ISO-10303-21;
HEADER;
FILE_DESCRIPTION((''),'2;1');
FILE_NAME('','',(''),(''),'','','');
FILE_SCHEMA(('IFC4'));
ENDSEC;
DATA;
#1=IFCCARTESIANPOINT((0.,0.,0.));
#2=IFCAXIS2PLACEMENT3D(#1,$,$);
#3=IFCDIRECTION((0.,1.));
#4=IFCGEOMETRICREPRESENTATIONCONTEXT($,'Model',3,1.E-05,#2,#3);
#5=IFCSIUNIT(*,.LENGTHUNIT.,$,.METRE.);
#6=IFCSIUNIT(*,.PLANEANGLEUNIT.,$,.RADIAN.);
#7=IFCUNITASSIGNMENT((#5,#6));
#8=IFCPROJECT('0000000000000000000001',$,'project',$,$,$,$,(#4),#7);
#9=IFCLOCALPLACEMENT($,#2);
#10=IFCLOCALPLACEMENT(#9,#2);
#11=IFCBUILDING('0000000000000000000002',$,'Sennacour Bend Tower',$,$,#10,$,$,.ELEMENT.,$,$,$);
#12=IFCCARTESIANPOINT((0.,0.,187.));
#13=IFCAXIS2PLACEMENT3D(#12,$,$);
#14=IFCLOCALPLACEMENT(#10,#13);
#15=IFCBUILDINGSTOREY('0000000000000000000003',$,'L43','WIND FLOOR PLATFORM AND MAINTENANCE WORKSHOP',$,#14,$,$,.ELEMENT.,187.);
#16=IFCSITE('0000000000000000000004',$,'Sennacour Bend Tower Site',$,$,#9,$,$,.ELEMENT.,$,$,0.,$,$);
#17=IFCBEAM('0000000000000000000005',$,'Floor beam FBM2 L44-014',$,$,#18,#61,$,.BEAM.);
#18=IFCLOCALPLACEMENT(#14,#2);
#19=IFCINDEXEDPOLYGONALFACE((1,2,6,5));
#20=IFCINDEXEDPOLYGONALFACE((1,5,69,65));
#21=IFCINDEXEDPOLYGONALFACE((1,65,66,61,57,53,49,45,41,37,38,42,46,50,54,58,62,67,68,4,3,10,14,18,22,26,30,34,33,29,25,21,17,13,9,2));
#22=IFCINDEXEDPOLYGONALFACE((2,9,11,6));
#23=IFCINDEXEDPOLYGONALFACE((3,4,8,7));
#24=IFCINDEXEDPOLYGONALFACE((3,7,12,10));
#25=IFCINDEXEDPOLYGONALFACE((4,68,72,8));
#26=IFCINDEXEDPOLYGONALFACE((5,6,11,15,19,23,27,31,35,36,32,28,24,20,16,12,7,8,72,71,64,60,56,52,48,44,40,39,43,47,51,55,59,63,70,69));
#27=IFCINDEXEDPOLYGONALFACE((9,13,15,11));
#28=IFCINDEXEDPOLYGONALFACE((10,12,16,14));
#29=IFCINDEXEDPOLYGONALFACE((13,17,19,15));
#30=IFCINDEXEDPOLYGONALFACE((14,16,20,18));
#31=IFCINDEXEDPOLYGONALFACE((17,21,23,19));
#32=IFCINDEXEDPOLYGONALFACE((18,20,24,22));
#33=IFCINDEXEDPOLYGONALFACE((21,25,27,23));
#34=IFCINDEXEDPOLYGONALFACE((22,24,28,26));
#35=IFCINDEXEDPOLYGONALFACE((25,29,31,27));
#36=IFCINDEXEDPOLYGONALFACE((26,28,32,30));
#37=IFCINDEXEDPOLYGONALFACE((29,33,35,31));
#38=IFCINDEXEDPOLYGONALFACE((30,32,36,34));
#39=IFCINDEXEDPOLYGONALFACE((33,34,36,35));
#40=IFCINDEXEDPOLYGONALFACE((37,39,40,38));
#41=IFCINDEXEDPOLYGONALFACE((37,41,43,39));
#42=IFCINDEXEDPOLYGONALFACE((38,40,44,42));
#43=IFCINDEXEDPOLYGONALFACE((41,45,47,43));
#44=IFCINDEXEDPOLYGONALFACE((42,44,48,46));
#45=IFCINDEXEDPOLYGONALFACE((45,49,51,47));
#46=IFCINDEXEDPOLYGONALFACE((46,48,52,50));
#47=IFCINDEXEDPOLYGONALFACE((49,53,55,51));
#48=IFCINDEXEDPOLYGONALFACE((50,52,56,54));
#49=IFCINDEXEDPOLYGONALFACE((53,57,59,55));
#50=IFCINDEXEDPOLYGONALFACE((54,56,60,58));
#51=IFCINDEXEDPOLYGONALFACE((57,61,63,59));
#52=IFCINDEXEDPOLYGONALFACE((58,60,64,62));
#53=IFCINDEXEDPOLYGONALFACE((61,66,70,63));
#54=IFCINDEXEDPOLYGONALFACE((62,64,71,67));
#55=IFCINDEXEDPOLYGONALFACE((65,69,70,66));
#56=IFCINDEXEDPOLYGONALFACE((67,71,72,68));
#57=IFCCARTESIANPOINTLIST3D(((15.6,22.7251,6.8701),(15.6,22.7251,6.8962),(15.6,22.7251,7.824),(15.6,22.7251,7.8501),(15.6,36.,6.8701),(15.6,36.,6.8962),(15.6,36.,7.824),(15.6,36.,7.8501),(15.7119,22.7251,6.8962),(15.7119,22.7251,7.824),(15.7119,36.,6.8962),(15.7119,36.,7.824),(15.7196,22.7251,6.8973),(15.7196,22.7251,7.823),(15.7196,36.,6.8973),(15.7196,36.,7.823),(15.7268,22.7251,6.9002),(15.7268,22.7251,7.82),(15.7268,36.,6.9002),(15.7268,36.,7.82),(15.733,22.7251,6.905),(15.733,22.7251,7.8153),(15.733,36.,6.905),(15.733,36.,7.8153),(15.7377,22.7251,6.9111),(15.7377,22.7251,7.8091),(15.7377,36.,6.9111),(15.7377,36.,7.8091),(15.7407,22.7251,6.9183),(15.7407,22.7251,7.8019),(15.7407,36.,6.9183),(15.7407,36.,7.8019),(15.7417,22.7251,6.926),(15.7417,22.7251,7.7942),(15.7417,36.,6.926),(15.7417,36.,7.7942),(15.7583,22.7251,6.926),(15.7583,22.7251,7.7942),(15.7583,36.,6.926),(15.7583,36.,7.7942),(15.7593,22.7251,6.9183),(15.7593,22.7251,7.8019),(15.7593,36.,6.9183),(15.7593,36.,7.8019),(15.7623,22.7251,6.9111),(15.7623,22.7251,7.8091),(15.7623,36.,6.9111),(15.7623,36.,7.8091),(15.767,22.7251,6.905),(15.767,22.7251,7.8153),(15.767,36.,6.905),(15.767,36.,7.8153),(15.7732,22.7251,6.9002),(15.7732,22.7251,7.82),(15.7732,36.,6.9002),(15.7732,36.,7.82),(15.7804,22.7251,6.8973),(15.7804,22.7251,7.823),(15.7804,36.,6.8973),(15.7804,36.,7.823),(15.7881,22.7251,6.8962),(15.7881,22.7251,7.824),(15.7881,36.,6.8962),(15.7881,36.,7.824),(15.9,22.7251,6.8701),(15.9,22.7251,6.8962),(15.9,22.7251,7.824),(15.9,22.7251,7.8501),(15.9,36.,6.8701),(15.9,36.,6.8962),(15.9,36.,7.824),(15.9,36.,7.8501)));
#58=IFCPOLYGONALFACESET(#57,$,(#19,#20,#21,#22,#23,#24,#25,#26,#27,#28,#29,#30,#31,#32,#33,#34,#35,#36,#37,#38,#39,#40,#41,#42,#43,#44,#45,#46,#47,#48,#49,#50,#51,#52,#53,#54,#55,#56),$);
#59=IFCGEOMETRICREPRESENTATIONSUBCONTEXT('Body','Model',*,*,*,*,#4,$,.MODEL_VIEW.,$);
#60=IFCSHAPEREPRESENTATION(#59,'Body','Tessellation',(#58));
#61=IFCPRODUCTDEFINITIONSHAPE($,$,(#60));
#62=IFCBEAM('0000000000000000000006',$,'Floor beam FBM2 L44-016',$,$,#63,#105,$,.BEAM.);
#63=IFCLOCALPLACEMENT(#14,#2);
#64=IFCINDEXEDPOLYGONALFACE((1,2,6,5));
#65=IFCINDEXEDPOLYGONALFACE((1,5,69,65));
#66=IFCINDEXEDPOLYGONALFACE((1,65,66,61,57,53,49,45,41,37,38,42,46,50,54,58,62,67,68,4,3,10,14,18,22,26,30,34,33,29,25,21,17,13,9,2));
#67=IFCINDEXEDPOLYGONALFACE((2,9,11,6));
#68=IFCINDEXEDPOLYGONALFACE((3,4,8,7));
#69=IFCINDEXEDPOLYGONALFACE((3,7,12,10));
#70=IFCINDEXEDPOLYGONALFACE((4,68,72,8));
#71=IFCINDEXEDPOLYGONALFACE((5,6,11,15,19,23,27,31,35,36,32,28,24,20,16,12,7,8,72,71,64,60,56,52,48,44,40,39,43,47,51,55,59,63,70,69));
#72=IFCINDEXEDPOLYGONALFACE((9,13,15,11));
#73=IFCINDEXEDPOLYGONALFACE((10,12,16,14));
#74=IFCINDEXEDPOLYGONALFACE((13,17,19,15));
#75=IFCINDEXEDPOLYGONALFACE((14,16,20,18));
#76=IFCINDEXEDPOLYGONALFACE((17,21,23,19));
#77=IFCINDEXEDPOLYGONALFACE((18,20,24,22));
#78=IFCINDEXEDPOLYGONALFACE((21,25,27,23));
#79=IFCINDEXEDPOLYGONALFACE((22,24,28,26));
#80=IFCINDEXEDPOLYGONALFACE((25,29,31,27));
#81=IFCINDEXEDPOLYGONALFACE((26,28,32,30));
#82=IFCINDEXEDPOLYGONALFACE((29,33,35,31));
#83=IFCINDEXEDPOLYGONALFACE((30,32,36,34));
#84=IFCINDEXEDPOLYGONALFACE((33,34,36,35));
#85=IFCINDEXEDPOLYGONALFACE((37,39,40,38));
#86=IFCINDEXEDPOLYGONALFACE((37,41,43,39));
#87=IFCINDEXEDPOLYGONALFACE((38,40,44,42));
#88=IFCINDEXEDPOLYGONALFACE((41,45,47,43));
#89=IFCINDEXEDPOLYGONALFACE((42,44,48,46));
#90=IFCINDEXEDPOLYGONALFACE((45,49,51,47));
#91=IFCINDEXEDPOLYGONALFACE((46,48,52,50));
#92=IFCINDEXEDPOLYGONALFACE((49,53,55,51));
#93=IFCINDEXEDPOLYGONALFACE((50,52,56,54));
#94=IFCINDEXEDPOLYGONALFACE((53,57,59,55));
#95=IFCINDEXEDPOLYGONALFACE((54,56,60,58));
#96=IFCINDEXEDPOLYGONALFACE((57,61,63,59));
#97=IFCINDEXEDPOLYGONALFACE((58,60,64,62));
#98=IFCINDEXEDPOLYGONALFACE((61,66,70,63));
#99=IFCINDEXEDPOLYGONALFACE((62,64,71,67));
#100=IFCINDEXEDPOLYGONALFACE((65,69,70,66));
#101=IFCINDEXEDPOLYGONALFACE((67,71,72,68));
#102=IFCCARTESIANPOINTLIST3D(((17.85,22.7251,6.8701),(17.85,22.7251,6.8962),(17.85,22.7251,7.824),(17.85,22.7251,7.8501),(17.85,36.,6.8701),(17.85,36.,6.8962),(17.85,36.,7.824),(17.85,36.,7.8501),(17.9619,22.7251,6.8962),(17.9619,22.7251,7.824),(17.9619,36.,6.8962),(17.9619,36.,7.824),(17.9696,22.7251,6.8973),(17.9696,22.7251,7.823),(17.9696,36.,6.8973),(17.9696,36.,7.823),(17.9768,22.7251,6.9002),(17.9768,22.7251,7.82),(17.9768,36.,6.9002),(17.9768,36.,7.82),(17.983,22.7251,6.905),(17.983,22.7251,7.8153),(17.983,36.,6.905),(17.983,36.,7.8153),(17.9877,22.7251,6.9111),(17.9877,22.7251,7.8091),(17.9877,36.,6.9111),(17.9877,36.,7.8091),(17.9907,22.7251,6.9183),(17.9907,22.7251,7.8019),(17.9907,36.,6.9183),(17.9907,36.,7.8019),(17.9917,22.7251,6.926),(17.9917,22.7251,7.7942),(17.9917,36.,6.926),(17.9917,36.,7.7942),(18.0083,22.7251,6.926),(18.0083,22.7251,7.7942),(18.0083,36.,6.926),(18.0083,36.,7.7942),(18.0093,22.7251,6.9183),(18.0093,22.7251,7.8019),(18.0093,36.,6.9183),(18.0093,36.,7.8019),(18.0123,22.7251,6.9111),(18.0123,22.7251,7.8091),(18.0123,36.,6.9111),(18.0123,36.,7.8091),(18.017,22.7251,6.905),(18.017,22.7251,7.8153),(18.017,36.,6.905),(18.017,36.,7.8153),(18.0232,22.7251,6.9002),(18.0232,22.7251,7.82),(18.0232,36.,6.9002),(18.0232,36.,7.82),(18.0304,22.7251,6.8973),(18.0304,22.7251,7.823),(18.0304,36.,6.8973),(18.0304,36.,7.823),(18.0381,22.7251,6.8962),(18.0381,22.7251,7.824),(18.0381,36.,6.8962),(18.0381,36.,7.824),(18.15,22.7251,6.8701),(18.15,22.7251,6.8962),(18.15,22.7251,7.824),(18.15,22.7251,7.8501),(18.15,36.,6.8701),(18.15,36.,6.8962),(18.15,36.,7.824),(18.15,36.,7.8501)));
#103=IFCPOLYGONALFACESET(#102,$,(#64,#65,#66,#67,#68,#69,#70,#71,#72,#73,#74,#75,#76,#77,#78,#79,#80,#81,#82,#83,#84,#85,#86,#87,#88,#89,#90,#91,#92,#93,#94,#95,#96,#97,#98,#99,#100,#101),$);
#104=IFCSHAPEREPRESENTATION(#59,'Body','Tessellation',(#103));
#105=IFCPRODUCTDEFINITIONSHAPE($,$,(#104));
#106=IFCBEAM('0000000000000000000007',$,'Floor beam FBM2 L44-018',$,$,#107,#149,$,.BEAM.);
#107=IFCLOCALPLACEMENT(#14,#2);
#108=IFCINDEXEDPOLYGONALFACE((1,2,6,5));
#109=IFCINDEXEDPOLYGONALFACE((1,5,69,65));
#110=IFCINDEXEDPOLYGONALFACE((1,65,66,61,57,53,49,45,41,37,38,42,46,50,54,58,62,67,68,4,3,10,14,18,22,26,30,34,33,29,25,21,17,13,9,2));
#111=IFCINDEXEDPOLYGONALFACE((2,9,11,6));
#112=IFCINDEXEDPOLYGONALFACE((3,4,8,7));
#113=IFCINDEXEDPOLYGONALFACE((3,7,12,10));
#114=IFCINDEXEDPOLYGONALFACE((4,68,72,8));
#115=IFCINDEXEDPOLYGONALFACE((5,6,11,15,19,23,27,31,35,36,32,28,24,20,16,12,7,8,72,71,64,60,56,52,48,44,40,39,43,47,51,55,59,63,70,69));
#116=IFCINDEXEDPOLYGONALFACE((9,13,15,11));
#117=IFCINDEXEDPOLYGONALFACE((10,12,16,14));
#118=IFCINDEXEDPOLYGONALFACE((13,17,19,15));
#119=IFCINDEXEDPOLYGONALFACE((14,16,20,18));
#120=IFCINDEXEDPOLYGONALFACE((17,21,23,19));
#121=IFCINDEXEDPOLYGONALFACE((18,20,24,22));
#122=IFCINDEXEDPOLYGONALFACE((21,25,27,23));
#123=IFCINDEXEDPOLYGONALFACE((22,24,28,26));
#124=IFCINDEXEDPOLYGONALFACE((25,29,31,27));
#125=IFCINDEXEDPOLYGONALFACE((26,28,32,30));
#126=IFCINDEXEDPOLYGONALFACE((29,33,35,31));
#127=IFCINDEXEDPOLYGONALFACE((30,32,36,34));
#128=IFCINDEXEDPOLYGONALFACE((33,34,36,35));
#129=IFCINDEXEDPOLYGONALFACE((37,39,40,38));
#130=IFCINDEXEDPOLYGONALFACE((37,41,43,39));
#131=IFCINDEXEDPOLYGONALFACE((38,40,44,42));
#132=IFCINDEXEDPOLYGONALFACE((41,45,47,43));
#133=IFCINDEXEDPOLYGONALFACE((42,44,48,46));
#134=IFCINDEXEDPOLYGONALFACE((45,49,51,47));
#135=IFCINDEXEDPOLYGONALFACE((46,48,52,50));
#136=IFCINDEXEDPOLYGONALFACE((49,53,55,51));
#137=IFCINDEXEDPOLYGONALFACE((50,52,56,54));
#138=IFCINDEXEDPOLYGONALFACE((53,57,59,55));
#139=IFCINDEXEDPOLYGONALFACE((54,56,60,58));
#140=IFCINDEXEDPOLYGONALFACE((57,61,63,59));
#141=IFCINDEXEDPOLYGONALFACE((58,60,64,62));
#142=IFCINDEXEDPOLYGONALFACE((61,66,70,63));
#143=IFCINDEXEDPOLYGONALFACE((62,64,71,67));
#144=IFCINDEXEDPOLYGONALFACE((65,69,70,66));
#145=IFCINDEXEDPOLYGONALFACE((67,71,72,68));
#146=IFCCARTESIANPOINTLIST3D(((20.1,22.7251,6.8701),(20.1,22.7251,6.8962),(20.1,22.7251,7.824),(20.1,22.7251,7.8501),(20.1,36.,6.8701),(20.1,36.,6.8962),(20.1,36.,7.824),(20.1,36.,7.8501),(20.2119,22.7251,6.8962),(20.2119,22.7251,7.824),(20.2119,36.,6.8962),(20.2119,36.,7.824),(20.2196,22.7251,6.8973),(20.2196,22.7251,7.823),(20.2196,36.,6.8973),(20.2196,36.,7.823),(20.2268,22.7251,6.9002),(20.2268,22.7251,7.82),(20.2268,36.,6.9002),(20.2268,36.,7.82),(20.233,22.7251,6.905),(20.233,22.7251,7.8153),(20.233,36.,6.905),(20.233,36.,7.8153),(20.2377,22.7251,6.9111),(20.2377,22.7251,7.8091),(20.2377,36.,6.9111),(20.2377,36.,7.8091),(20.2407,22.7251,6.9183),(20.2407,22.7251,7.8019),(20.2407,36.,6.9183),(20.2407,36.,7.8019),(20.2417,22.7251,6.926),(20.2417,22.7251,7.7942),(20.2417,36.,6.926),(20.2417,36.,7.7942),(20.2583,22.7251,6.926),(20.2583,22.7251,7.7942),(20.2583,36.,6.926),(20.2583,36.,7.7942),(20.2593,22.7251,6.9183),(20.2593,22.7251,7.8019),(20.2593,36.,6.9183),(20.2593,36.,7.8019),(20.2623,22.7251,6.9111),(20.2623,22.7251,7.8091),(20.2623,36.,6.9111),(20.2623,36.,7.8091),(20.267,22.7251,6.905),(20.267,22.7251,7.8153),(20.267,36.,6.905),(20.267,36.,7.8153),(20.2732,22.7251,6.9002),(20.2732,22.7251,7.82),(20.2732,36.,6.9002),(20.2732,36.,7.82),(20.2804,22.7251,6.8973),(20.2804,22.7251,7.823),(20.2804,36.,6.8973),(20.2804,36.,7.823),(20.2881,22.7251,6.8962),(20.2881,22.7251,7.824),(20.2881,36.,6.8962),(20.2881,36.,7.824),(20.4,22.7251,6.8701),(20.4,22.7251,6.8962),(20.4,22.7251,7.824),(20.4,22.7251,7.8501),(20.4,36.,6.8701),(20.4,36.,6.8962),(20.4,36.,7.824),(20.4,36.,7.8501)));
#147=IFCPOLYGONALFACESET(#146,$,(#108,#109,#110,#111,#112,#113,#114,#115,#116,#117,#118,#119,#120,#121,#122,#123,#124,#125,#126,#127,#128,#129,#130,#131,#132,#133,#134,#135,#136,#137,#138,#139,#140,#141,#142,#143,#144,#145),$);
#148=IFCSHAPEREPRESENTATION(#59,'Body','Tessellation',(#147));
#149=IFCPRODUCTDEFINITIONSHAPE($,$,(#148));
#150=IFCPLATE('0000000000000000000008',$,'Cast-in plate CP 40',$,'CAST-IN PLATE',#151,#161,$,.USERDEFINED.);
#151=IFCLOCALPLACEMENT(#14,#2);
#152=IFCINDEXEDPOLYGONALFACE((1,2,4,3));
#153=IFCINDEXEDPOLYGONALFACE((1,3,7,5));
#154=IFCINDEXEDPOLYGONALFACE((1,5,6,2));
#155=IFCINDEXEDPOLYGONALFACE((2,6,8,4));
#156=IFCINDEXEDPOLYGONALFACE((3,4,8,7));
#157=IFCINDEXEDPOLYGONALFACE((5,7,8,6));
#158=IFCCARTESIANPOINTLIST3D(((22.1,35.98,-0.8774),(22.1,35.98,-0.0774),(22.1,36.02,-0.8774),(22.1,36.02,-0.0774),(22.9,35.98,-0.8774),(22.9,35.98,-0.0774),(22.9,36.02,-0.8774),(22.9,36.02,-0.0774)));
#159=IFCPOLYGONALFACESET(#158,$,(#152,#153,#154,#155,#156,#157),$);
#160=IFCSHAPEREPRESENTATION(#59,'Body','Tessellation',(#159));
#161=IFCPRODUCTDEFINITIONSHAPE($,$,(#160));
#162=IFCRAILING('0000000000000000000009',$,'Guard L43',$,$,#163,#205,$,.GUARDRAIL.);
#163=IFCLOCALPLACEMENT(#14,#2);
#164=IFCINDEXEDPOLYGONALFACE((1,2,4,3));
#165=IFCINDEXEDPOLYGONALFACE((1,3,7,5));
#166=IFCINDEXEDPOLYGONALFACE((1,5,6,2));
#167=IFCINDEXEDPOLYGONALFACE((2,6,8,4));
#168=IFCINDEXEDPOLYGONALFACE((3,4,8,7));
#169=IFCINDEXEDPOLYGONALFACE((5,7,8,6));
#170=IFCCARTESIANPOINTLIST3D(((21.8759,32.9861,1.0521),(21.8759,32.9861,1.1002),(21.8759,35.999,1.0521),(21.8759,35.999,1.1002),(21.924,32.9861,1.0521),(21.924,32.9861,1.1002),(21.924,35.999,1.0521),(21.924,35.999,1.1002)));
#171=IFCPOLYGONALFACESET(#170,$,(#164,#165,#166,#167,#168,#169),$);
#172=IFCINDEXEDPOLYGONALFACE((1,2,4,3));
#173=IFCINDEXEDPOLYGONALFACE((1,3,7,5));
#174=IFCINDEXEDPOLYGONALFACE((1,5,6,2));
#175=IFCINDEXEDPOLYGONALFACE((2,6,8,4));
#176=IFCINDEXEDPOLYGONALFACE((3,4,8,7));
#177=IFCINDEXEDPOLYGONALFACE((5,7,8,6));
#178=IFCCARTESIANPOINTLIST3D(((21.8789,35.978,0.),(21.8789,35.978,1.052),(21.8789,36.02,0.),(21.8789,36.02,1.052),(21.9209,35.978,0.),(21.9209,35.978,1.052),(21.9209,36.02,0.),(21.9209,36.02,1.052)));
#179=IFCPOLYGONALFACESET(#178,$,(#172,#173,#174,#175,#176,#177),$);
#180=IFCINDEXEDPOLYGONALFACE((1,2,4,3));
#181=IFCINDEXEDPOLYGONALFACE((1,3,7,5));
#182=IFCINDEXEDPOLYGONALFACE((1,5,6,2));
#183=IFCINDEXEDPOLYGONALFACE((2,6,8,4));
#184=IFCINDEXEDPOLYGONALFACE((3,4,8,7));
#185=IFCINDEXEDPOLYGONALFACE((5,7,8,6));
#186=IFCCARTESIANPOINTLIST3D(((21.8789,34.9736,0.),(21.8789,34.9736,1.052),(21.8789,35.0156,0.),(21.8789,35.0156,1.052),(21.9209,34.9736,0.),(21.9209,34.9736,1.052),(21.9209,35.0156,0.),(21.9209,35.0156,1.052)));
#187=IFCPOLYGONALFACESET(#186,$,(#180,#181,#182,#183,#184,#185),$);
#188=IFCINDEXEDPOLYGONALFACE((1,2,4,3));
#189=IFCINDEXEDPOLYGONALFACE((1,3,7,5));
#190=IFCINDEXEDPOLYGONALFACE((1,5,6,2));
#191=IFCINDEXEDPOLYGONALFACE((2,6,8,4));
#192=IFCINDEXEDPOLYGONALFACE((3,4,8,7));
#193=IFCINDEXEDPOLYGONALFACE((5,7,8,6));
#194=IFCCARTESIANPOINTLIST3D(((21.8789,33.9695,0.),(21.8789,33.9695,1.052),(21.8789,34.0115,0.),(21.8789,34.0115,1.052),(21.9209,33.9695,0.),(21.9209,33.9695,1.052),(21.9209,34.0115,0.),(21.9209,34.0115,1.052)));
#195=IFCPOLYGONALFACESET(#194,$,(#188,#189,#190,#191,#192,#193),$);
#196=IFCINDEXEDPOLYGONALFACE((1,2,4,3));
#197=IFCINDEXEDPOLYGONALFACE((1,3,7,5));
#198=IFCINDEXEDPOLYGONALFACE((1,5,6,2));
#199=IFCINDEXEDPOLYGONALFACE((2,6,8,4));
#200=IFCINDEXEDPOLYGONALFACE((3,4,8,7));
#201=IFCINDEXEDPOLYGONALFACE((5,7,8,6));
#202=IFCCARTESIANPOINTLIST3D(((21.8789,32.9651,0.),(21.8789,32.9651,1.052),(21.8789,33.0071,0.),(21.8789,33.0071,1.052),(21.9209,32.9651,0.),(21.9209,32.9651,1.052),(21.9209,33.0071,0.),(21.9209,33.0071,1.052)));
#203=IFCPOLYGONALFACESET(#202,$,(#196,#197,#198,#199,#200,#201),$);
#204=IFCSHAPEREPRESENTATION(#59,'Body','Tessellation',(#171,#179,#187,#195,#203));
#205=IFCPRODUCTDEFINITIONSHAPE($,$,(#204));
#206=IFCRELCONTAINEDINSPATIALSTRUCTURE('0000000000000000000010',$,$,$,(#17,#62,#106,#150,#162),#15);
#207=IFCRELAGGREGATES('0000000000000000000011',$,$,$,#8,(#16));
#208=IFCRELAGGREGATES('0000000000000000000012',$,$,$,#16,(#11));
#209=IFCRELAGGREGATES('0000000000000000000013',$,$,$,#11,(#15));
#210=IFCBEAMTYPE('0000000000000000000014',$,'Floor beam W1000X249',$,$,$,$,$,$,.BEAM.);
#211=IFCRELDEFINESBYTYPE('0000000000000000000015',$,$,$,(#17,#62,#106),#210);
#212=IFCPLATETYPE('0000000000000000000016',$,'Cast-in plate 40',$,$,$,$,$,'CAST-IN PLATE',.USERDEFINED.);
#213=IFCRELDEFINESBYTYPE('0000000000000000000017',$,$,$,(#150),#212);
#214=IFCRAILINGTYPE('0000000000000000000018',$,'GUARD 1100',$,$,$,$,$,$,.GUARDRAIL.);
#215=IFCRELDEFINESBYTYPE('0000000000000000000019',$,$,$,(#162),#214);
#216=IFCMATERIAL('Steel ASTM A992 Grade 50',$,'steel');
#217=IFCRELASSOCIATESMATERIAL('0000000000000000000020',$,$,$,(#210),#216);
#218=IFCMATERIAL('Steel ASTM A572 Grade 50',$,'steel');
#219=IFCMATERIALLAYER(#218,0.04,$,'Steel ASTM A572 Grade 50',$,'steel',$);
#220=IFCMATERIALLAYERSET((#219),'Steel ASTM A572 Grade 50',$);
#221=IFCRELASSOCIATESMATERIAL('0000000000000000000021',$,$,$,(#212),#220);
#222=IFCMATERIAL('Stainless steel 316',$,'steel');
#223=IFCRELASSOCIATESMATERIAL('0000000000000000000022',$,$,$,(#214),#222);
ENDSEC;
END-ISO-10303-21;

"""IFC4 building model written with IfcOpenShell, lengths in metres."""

from ifc_helpers import new_model, si_unit, direction, frame, origin, origin_2d, place, context, subcontext, project, spatial, rectangle, i_section, extrude, material, layer, layer_set, material_profile, profile_set, type_object, element, save


model = new_model("IFC4")

# Units and contexts
model_context = context("Model", 3, precision=1e-05, world=origin(), true_north=direction((0.0, 1.0)))
body_context = subcontext(model_context, "Body", "Model", "MODEL_VIEW")
ifc_project = project(units=[si_unit("LENGTHUNIT", "METRE"), si_unit("PLANEANGLEUNIT", "RADIAN")], contexts=[model_context])

# Site, building, storey
site_placement = place(None, origin())
site = spatial("IfcSite", under=ifc_project, at=site_placement, Name="Sennacour Bend Tower Site", CompositionType="ELEMENT", RefElevation=0.0)
building_placement = place(site_placement, origin())
building = spatial("IfcBuilding", under=site, at=building_placement, Name="Sennacour Bend Tower", CompositionType="ELEMENT")
storey_placement = place(building_placement, frame((0.0, 0.0, 187.0)))
storey = spatial("IfcBuildingStorey", under=building, at=storey_placement, Name="L43", Description="WIND FLOOR PLATFORM AND MAINTENANCE WORKSHOP", CompositionType="ELEMENT", Elevation=187.0)

# Shared definitions
ifc_material_1 = material(Name="Steel ASTM A572 Grade 50", Category="steel")

# Shared definitions
ifc_material_2 = material(Name="Steel ASTM A992 Grade 50", Category="steel")

# Beams
ifc_material_profile_1 = material_profile(ifc_material_2, i_section(OverallWidth=0.3, OverallDepth=0.98, WebThickness=0.0166, FlangeThickness=0.0261, FilletRadius=0.0298, at=origin_2d()), Name="Steel ASTM A992 Grade 50", Category="steel")
ifc_profile_set_1 = profile_set([ifc_material_profile_1], Name="Steel ASTM A992 Grade 50")
beam_type = type_object("IfcBeamType", Name="Floor beam W1000X249", PredefinedType="BEAM", material=ifc_profile_set_1)
for number, where, z_axis, x_axis, name in (
    (1, (15.75, 22.7251, 7.3601), (0.0, 1.0, 0.0), (-1.0, 0.0, 0.0), "Floor beam FBM2 L44-014"),
    (2, (18.0, 22.7251, 7.3601), (0.0, 1.0, 0.0), (-1.0, 0.0, 0.0), "Floor beam FBM2 L44-016"),
    (3, (20.25, 22.7251, 7.3601), (0.0, 1.0, 0.0), (-1.0, 0.0, 0.0), "Floor beam FBM2 L44-018"),
):
    element("IfcBeam", number, at=place(storey_placement, frame(where, z_axis=z_axis, x_axis=x_axis)), inside=storey, type_object=beam_type, Name=name, PredefinedType="BEAM", context=body_context, shape_type="SweptSolid", body=[
        extrude(i_section(OverallWidth=0.3, OverallDepth=0.98, WebThickness=0.0166, FlangeThickness=0.0261, FilletRadius=0.0298, at=origin_2d()), origin(), (0.0, 0.0, 1.0), 13.2749),
    ])

# Plate
ifc_layer = layer(ifc_material_1, 0.04, Name="Steel ASTM A572 Grade 50", Category="steel")
ifc_layer_set = layer_set([ifc_layer], Name="Steel ASTM A572 Grade 50")
plate_type = type_object("IfcPlateType", Name="Cast-in plate 40", ElementType="CAST-IN PLATE", PredefinedType="USERDEFINED", material=ifc_layer_set)
plate_placement = place(storey_placement, frame((22.5, 36.0, -0.8774), z_axis=(0.0, 0.0, 1.0), x_axis=(1.0, 0.0, 0.0)))
element("IfcPlate", 4, at=plate_placement, inside=storey, type_object=plate_type, Name="Cast-in plate CP 40", ObjectType="CAST-IN PLATE", PredefinedType="USERDEFINED", context=body_context, shape_type="SweptSolid", body=[
    extrude(rectangle(XDim=0.8, YDim=0.04, at=origin_2d()), origin(), (0.0, 0.0, 1.0), 0.8),
])

# Railing
ifc_material_3 = material(Name="Stainless steel 316", Category="steel")
railing_type = type_object("IfcRailingType", Name="GUARD 1100", PredefinedType="GUARDRAIL", material=ifc_material_3)
railing_1_placement = place(storey_placement, frame((21.8999, 35.999, 0.0)))
element("IfcRailing", 5, at=railing_1_placement, inside=storey, type_object=railing_type, Name="Guard L43", PredefinedType="GUARDRAIL", context=body_context, shape_type="SweptSolid", body=[
    extrude(rectangle(XDim=0.0481, YDim=0.0481, at=origin_2d()), frame((0.0, 0.0, 1.0762), z_axis=(0.0, -1.0, 0.0), x_axis=(1.0, 0.0, 0.0)), (0.0, 0.0, 1.0), 3.0129),
    extrude(rectangle(XDim=0.042, YDim=0.042, at=origin_2d()), origin(), (0.0, 0.0, 1.0), 1.052),
    extrude(rectangle(XDim=0.042, YDim=0.042, at=origin_2d()), frame((0.0, -1.0044, 0.0)), (0.0, 0.0, 1.0), 1.052),
    extrude(rectangle(XDim=0.042, YDim=0.042, at=origin_2d()), frame((0.0, -2.0085, 0.0)), (0.0, 0.0, 1.0), 1.052),
    extrude(rectangle(XDim=0.042, YDim=0.042, at=origin_2d()), frame((0.0, -3.0129, 0.0)), (0.0, 0.0, 1.0), 1.052),
])

save(model, "model.ifc")
